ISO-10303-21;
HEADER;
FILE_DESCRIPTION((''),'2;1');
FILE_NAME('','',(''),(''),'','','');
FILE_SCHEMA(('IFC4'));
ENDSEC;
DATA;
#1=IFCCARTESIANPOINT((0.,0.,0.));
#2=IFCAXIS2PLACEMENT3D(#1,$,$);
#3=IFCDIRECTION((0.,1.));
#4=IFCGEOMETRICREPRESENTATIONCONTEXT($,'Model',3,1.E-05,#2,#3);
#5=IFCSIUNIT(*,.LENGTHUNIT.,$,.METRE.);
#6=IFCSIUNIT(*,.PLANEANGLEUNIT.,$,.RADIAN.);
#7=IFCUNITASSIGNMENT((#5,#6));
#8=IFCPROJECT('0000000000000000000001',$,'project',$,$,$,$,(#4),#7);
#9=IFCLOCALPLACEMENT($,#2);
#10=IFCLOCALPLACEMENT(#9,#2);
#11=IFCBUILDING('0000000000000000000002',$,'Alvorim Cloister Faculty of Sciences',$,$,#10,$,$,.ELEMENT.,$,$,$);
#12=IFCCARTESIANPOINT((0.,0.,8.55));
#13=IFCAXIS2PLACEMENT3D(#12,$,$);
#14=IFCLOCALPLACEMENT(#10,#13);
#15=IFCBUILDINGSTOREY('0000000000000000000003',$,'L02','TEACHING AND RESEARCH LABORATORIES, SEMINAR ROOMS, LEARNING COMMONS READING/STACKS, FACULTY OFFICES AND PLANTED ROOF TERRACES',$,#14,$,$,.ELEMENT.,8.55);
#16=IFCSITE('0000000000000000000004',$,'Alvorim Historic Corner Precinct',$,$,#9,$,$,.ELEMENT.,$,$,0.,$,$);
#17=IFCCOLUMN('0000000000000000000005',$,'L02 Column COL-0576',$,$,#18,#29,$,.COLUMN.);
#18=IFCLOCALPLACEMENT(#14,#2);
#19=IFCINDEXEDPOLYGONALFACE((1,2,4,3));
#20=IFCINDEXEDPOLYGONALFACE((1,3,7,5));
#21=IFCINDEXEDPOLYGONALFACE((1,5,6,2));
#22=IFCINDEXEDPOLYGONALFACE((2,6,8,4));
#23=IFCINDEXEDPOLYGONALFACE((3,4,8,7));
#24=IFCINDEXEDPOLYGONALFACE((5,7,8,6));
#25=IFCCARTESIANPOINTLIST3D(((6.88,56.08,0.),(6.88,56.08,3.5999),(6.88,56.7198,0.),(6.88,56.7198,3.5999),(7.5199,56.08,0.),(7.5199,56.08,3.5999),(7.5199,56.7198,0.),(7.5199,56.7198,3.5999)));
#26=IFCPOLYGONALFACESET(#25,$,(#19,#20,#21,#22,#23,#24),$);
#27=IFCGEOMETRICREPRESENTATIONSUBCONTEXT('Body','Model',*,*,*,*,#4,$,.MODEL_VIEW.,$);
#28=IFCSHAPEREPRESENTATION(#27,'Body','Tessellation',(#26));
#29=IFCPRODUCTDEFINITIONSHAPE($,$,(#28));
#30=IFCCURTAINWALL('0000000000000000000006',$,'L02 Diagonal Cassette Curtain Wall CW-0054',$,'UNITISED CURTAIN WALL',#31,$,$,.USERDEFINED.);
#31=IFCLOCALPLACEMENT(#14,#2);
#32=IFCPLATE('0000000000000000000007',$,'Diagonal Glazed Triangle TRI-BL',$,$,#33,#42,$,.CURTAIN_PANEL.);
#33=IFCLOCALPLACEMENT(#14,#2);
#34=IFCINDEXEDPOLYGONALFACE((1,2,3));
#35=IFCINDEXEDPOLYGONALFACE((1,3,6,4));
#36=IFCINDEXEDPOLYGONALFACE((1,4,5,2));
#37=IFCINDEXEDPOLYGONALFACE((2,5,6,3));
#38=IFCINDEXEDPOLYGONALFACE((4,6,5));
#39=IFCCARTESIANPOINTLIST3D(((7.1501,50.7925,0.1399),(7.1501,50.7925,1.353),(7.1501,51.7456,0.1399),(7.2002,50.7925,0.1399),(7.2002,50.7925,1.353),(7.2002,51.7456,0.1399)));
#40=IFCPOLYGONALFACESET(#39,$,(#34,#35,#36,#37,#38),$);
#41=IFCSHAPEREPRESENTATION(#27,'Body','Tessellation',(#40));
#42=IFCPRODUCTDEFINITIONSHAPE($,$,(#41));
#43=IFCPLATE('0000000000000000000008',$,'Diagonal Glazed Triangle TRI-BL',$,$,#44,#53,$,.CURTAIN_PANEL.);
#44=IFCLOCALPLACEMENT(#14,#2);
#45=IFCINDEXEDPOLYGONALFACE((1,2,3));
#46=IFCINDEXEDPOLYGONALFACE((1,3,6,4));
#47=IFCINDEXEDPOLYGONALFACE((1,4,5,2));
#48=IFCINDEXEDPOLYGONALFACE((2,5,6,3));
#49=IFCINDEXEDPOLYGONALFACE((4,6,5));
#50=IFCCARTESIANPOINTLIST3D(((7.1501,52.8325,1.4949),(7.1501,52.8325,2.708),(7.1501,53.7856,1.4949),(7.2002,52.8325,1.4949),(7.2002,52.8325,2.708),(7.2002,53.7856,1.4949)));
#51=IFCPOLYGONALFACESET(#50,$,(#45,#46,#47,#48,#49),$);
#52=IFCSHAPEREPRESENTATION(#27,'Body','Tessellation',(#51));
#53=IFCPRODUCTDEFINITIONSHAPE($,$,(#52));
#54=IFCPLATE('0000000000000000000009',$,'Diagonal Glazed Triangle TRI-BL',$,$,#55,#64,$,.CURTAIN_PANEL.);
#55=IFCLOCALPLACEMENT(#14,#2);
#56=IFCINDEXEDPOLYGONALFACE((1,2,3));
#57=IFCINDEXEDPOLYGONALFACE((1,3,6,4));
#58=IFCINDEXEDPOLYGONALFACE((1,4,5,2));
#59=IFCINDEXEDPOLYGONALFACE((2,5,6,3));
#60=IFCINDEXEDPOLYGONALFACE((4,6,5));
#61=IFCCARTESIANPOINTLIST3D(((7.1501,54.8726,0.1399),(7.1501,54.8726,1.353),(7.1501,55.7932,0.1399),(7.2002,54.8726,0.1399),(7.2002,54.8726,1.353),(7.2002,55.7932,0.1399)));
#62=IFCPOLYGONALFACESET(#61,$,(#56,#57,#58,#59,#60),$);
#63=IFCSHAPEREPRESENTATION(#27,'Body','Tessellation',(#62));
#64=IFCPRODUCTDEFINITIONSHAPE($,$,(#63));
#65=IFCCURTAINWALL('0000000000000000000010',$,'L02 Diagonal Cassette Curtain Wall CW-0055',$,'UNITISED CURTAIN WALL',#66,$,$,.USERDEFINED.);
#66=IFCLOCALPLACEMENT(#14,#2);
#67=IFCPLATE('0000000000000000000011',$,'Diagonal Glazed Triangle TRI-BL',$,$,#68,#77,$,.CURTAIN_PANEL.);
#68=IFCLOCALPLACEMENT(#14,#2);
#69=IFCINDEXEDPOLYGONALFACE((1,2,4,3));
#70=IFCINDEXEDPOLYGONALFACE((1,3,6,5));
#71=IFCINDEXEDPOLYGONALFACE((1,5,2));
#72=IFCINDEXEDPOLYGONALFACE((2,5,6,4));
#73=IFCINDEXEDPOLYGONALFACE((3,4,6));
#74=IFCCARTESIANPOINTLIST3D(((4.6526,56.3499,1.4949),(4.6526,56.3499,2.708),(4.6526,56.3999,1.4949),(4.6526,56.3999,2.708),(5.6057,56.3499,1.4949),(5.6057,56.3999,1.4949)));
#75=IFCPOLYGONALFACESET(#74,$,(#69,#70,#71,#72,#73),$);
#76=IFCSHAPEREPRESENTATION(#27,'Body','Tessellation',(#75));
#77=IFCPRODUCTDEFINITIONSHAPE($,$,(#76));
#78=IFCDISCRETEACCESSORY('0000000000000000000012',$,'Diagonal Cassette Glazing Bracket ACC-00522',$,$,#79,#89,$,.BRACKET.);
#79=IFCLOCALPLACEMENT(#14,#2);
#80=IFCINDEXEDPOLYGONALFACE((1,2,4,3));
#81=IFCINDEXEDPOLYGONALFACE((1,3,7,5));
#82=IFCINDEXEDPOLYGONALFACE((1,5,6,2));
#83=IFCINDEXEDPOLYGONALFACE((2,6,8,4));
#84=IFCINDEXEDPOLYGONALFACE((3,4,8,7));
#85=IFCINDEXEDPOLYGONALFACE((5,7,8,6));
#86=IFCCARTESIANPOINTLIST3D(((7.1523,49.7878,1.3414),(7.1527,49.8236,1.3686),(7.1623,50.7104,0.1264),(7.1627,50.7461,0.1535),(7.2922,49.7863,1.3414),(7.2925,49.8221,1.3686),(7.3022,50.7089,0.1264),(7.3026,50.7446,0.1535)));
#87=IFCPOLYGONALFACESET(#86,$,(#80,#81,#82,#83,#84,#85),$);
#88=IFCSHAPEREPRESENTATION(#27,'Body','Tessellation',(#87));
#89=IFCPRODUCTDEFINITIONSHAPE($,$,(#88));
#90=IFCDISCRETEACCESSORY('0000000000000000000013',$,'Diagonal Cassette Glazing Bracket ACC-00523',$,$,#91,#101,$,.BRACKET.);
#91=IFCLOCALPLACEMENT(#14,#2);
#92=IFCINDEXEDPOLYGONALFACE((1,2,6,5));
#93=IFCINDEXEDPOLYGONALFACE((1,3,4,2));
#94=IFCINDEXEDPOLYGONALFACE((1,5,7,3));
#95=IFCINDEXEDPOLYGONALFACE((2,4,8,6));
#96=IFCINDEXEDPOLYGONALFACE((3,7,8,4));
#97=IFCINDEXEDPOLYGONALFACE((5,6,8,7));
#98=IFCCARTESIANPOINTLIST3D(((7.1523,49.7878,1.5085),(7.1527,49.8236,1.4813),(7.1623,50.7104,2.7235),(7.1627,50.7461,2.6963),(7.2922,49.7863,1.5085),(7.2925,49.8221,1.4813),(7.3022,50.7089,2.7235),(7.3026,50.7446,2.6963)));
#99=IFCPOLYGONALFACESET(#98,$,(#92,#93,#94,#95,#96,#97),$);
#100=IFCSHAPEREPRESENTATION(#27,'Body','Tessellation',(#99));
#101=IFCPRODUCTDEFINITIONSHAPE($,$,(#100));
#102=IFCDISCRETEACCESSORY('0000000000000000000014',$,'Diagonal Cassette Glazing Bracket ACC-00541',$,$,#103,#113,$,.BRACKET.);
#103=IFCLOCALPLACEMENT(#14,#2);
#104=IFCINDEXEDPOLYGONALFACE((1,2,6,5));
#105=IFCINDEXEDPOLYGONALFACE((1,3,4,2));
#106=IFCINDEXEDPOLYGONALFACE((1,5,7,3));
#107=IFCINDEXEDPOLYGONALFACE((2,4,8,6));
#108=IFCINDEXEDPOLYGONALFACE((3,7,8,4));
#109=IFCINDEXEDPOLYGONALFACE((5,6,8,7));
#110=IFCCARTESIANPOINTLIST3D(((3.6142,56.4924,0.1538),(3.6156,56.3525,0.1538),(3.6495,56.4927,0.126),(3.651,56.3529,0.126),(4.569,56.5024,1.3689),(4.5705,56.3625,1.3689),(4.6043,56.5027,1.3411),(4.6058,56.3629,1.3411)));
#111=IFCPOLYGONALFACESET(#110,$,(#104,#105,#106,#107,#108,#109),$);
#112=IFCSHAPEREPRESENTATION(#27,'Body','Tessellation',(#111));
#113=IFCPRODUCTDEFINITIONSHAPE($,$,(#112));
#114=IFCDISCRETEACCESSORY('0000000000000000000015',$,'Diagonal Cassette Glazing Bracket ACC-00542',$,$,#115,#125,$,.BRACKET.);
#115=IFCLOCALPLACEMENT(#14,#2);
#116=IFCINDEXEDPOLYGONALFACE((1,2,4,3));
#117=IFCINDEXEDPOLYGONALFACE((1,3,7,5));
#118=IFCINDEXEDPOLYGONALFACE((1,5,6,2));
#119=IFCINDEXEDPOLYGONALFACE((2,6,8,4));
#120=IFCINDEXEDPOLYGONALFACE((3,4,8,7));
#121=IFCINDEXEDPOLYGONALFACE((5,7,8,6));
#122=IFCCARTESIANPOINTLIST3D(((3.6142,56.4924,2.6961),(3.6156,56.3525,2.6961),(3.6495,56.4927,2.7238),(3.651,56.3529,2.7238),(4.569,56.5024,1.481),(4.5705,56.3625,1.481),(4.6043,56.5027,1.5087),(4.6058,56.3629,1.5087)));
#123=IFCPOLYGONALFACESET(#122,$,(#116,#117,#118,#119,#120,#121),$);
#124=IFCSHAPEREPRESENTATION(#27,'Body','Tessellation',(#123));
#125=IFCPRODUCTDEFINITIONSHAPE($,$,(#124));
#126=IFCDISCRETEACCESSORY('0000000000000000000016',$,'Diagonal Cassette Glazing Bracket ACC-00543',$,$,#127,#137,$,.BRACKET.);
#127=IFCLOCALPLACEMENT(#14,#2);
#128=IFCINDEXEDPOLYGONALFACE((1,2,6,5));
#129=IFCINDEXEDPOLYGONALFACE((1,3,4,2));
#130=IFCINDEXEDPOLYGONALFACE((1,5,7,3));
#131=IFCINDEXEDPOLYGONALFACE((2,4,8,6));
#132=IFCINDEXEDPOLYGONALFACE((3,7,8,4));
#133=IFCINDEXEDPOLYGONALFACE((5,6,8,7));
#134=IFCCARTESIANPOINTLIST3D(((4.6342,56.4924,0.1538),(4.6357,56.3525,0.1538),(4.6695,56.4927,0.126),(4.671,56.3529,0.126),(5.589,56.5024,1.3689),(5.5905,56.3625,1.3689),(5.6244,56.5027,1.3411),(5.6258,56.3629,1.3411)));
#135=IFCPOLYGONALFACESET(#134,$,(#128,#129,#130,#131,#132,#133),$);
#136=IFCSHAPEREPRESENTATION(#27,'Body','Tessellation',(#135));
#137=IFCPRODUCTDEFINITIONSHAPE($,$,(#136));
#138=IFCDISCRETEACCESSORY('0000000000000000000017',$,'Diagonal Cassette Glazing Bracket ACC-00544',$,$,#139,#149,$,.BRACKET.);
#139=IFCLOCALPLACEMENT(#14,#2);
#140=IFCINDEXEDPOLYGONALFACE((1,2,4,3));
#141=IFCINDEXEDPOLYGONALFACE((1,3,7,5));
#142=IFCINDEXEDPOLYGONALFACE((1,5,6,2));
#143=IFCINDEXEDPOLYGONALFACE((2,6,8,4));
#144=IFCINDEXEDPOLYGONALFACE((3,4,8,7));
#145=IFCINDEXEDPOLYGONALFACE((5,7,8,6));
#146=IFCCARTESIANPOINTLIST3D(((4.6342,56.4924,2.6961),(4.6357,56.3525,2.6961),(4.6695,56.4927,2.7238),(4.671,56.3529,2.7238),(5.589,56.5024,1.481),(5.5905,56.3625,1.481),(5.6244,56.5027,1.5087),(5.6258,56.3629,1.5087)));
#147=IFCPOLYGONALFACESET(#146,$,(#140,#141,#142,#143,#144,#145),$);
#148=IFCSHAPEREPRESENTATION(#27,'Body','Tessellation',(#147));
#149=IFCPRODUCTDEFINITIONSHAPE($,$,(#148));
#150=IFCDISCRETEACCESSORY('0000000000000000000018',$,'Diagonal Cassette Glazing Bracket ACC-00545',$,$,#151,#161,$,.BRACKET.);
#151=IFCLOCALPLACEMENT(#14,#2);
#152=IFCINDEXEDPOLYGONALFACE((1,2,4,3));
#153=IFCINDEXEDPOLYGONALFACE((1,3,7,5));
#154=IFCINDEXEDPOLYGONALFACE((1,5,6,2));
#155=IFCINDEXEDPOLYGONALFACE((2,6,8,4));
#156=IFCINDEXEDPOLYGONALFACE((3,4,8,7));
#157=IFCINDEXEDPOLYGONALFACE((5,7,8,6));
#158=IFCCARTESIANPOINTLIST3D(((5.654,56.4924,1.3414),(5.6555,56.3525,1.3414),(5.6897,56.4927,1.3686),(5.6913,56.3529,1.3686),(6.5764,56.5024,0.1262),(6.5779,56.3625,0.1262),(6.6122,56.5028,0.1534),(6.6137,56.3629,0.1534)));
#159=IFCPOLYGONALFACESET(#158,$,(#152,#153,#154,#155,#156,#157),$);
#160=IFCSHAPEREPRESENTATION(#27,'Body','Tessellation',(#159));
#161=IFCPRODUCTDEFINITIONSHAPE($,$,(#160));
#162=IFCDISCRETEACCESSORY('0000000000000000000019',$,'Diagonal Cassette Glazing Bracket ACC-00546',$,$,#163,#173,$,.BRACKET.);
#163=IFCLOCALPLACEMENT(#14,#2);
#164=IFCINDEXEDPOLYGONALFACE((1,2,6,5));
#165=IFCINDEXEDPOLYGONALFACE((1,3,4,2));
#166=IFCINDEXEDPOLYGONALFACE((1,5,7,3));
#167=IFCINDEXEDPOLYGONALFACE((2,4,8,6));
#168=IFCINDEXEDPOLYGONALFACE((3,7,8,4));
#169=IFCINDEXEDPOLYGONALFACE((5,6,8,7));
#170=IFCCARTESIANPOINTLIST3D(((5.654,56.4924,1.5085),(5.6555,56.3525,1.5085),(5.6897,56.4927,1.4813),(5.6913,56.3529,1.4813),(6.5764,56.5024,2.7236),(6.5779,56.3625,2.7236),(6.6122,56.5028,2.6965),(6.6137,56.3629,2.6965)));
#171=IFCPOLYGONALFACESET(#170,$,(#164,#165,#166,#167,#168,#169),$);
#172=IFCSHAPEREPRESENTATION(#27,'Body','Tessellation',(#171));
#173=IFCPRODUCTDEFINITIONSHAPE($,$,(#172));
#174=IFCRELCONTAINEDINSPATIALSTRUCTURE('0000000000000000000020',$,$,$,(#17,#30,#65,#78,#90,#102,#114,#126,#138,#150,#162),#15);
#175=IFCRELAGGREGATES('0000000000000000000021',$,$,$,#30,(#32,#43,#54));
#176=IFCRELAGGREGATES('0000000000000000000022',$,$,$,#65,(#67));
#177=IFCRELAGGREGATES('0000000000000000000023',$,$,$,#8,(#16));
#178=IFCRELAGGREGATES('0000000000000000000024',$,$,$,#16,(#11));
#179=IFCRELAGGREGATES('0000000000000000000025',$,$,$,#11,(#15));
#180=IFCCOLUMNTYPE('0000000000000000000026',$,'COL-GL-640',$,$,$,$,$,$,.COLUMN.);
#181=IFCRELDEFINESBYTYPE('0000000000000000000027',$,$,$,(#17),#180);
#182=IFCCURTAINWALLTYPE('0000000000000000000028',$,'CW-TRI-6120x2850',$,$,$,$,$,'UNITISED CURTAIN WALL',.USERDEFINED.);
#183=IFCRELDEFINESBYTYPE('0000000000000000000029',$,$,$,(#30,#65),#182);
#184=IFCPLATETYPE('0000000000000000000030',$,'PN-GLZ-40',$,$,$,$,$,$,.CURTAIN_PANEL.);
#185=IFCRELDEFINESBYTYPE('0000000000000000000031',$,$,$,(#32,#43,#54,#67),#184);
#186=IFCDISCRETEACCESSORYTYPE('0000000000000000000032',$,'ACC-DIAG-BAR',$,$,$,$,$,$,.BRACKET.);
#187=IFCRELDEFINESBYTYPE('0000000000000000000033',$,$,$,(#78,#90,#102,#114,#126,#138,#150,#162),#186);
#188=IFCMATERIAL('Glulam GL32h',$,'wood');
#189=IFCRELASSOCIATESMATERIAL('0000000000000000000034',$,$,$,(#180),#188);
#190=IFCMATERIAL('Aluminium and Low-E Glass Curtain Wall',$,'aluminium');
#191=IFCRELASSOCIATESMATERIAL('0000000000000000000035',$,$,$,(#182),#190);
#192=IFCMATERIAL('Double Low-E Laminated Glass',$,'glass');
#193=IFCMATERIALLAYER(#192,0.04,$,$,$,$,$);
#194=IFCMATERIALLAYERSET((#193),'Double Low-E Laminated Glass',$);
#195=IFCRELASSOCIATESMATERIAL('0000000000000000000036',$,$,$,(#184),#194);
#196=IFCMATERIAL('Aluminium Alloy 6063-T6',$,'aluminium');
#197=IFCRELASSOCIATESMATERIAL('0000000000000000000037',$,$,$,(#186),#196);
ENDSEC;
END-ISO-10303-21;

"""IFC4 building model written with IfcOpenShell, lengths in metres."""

from ifc_helpers import new_model, si_unit, direction, frame, origin, origin_2d, place, context, subcontext, project, spatial, polyline, rectangle, outline, extrude, material, layer, layer_set, material_profile, profile_set, type_object, element, aggregate, save


model = new_model("IFC4")

# Units and contexts
model_context = context("Model", 3, precision=1e-05, world=origin(), true_north=direction((0.0, 1.0)))
body_context = subcontext(model_context, "Body", "Model", "MODEL_VIEW")
ifc_project = project(units=[si_unit("LENGTHUNIT", "METRE"), si_unit("PLANEANGLEUNIT", "RADIAN")], contexts=[model_context])

# Site, building, storey
site_placement = place(None, origin())
site = spatial("IfcSite", under=ifc_project, at=site_placement, Name="Alvorim Historic Corner Precinct", CompositionType="ELEMENT", RefElevation=0.0)
building_placement = place(site_placement, origin())
building = spatial("IfcBuilding", under=site, at=building_placement, Name="Alvorim Cloister Faculty of Sciences", CompositionType="ELEMENT")
storey_placement = place(building_placement, frame((0.0, 0.0, 8.55)))
storey = spatial("IfcBuildingStorey", under=building, at=storey_placement, Name="L02", Description="TEACHING AND RESEARCH LABORATORIES, SEMINAR ROOMS, LEARNING COMMONS READING/STACKS, FACULTY OFFICES AND PLANTED ROOF TERRACES", CompositionType="ELEMENT", Elevation=8.55)

# Column
ifc_material_1 = material(Name="Glulam GL32h", Category="wood")
ifc_material_profile = material_profile(ifc_material_1, rectangle(XDim=0.6399, YDim=0.6399, at=origin_2d()), Name="GL32-COL-640x640")
ifc_profile_set = profile_set([ifc_material_profile], Name="Glulam GL32h")
column_type = type_object("IfcColumnType", Name="COL-GL-640", PredefinedType="COLUMN", material=ifc_profile_set)
column_placement = place(storey_placement, frame((7.2, 56.3999, 0.0), z_axis=(0.0, 0.0, 1.0), x_axis=(1.0, 0.0, 0.0)))
element("IfcColumn", 1, at=column_placement, inside=storey, type_object=column_type, Name="L02 Column COL-0576", PredefinedType="COLUMN", context=body_context, shape_type="SweptSolid", body=[
    extrude(rectangle(XDim=0.6399, YDim=0.6399, at=origin_2d()), origin(), (0.0, 0.0, 1.0), 3.5999),
])

# Curtain walls, plates
ifc_material_2 = material(Name="Aluminium and Low-E Glass Curtain Wall", Category="aluminium")
curtain_wall_type = type_object("IfcCurtainWallType", Name="CW-TRI-6120x2850", ElementType="UNITISED CURTAIN WALL", PredefinedType="USERDEFINED", material=ifc_material_2)
curtain_wall_1_placement = place(storey_placement, origin())
curtain_wall_1 = element("IfcCurtainWall", 2, at=curtain_wall_1_placement, inside=storey, type_object=curtain_wall_type, Name="L02 Diagonal Cassette Curtain Wall CW-0054", ObjectType="UNITISED CURTAIN WALL", PredefinedType="USERDEFINED")
ifc_material_3 = material(Name="Double Low-E Laminated Glass", Category="glass")
ifc_layer = layer(ifc_material_3, 0.04)
ifc_layer_set = layer_set([ifc_layer], Name="Double Low-E Laminated Glass")
plate_type = type_object("IfcPlateType", Name="PN-GLZ-40", PredefinedType="CURTAIN_PANEL", material=ifc_layer_set)
plate_1_placement = place(storey_placement, frame((7.175, 50.7925, 0.1399), z_axis=(0.0, 0.0, 1.0), x_axis=(0.0, 1.0, 0.0)))
plate_1 = element("IfcPlate", 3, at=plate_1_placement, type_object=plate_type, Name="Diagonal Glazed Triangle TRI-BL", PredefinedType="CURTAIN_PANEL", context=body_context, shape_type="SweptSolid", body=[
    extrude(outline(polyline([(0.0, 0.0), (0.9531, 0.0), (0.0, 1.2131), (0.0, 0.0)])), frame((0.0, 0.0249, 0.0), z_axis=(0.0, -1.0, 0.0), x_axis=(1.0, 0.0, 0.0)), (0.0, 0.0, 1.0), 0.05),
])
plate_2_placement = place(storey_placement, frame((7.175, 52.8325, 1.4949), z_axis=(0.0, 0.0, 1.0), x_axis=(0.0, 1.0, 0.0)))
plate_2 = element("IfcPlate", 4, at=plate_2_placement, type_object=plate_type, Name="Diagonal Glazed Triangle TRI-BL", PredefinedType="CURTAIN_PANEL", context=body_context, shape_type="SweptSolid", body=[
    extrude(outline(polyline([(0.0, 0.0), (0.9531, 0.0), (0.0, 1.2131), (0.0, 0.0)])), frame((0.0, 0.0249, 0.0), z_axis=(0.0, -1.0, 0.0), x_axis=(1.0, 0.0, 0.0)), (0.0, 0.0, 1.0), 0.05),
])
plate_3_placement = place(storey_placement, frame((7.175, 54.8726, 0.1399), z_axis=(0.0, 0.0, 1.0), x_axis=(0.0, 1.0, 0.0)))
plate_3 = element("IfcPlate", 5, at=plate_3_placement, type_object=plate_type, Name="Diagonal Glazed Triangle TRI-BL", PredefinedType="CURTAIN_PANEL", context=body_context, shape_type="SweptSolid", body=[
    extrude(outline(polyline([(0.0, 0.0), (0.9207, 0.0), (0.0, 1.2131), (0.0, 0.0)])), frame((0.0, 0.0249, 0.0), z_axis=(0.0, -1.0, 0.0), x_axis=(1.0, 0.0, 0.0)), (0.0, 0.0, 1.0), 0.05),
])
aggregate(curtain_wall_1, [plate_1, plate_2, plate_3])
curtain_wall_2_placement = place(storey_placement, origin())
curtain_wall_2 = element("IfcCurtainWall", 6, at=curtain_wall_2_placement, inside=storey, type_object=curtain_wall_type, Name="L02 Diagonal Cassette Curtain Wall CW-0055", ObjectType="UNITISED CURTAIN WALL", PredefinedType="USERDEFINED")
plate_4_placement = place(storey_placement, frame((4.6526, 56.375, 1.4949), z_axis=(0.0, 0.0, 1.0), x_axis=(1.0, 0.0, 0.0)))
plate_4 = element("IfcPlate", 7, at=plate_4_placement, type_object=plate_type, Name="Diagonal Glazed Triangle TRI-BL", PredefinedType="CURTAIN_PANEL", context=body_context, shape_type="SweptSolid", body=[
    extrude(outline(polyline([(0.0, 0.0), (0.9531, 0.0), (0.0, 1.2131), (0.0, 0.0)])), frame((0.0, 0.0249, 0.0), z_axis=(0.0, -1.0, 0.0), x_axis=(1.0, 0.0, 0.0)), (0.0, 0.0, 1.0), 0.05),
])
aggregate(curtain_wall_2, [plate_4])

# Discrete accessories
ifc_material_4 = material(Name="Aluminium Alloy 6063-T6", Category="aluminium")
discrete_accessory_type = type_object("IfcDiscreteAccessoryType", Name="ACC-DIAG-BAR", PredefinedType="BRACKET", material=ifc_material_4)
for number, where, z_axis, x_axis, name in (
    (8, (7.2224, 49.8049, 1.355), (0.006561, 0.604713, -0.796416), (-0.999941, 0.010849, 0.0), "Diagonal Cassette Glazing Bracket ACC-00522"),
    (9, (7.2224, 49.8049, 1.4949), (0.006561, 0.604713, 0.796416), (-0.999941, 0.010849, 0.0), "Diagonal Cassette Glazing Bracket ACC-00523"),
):
    element("IfcDiscreteAccessory", number, at=place(storey_placement, frame(where, z_axis=z_axis, x_axis=x_axis)), inside=storey, type_object=discrete_accessory_type, Name=name, PredefinedType="BRACKET", context=body_context, shape_type="SweptSolid", body=[
        extrude(rectangle(XDim=0.1399, YDim=0.0449, at=origin_2d()), origin(), (0.0, 0.0, 1.0), 1.5256),
    ])
for number, where, z_axis, x_axis, name in (
    (10, (3.6326, 56.4226, 0.1399), (0.617857, 0.006477, 0.786263), (-0.010483, 0.999945, 0.0), "Diagonal Cassette Glazing Bracket ACC-00541"),
    (11, (3.6326, 56.4226, 2.71), (0.617857, 0.006477, -0.786263), (-0.010483, 0.999945, 0.0), "Diagonal Cassette Glazing Bracket ACC-00542"),
    (12, (4.6526, 56.4226, 0.1399), (0.617857, 0.006477, 0.786263), (-0.010483, 0.999945, 0.0), "Diagonal Cassette Glazing Bracket ACC-00543"),
    (13, (4.6526, 56.4226, 2.71), (0.617857, 0.006477, -0.786263), (-0.010483, 0.999945, 0.0), "Diagonal Cassette Glazing Bracket ACC-00544"),
):
    element("IfcDiscreteAccessory", number, at=place(storey_placement, frame(where, z_axis=z_axis, x_axis=x_axis)), inside=storey, type_object=discrete_accessory_type, Name=name, PredefinedType="BRACKET", context=body_context, shape_type="SweptSolid", body=[
        extrude(rectangle(XDim=0.1399, YDim=0.0449, at=origin_2d()), origin(), (0.0, 0.0, 1.0), 1.5454),
    ])
for number, where, z_axis, x_axis, name in (
    (14, (5.6726, 56.4226, 1.355), (0.604612, 0.006561, -0.796493), (-0.010852, 0.999941, 0.0), "Diagonal Cassette Glazing Bracket ACC-00545"),
    (15, (5.6726, 56.4226, 1.4949), (0.604612, 0.006561, 0.796493), (-0.010852, 0.999941, 0.0), "Diagonal Cassette Glazing Bracket ACC-00546"),
):
    element("IfcDiscreteAccessory", number, at=place(storey_placement, frame(where, z_axis=z_axis, x_axis=x_axis)), inside=storey, type_object=discrete_accessory_type, Name=name, PredefinedType="BRACKET", context=body_context, shape_type="SweptSolid", body=[
        extrude(rectangle(XDim=0.1399, YDim=0.0449, at=origin_2d()), origin(), (0.0, 0.0, 1.0), 1.5256),
    ])

save(model, "model.ifc")
